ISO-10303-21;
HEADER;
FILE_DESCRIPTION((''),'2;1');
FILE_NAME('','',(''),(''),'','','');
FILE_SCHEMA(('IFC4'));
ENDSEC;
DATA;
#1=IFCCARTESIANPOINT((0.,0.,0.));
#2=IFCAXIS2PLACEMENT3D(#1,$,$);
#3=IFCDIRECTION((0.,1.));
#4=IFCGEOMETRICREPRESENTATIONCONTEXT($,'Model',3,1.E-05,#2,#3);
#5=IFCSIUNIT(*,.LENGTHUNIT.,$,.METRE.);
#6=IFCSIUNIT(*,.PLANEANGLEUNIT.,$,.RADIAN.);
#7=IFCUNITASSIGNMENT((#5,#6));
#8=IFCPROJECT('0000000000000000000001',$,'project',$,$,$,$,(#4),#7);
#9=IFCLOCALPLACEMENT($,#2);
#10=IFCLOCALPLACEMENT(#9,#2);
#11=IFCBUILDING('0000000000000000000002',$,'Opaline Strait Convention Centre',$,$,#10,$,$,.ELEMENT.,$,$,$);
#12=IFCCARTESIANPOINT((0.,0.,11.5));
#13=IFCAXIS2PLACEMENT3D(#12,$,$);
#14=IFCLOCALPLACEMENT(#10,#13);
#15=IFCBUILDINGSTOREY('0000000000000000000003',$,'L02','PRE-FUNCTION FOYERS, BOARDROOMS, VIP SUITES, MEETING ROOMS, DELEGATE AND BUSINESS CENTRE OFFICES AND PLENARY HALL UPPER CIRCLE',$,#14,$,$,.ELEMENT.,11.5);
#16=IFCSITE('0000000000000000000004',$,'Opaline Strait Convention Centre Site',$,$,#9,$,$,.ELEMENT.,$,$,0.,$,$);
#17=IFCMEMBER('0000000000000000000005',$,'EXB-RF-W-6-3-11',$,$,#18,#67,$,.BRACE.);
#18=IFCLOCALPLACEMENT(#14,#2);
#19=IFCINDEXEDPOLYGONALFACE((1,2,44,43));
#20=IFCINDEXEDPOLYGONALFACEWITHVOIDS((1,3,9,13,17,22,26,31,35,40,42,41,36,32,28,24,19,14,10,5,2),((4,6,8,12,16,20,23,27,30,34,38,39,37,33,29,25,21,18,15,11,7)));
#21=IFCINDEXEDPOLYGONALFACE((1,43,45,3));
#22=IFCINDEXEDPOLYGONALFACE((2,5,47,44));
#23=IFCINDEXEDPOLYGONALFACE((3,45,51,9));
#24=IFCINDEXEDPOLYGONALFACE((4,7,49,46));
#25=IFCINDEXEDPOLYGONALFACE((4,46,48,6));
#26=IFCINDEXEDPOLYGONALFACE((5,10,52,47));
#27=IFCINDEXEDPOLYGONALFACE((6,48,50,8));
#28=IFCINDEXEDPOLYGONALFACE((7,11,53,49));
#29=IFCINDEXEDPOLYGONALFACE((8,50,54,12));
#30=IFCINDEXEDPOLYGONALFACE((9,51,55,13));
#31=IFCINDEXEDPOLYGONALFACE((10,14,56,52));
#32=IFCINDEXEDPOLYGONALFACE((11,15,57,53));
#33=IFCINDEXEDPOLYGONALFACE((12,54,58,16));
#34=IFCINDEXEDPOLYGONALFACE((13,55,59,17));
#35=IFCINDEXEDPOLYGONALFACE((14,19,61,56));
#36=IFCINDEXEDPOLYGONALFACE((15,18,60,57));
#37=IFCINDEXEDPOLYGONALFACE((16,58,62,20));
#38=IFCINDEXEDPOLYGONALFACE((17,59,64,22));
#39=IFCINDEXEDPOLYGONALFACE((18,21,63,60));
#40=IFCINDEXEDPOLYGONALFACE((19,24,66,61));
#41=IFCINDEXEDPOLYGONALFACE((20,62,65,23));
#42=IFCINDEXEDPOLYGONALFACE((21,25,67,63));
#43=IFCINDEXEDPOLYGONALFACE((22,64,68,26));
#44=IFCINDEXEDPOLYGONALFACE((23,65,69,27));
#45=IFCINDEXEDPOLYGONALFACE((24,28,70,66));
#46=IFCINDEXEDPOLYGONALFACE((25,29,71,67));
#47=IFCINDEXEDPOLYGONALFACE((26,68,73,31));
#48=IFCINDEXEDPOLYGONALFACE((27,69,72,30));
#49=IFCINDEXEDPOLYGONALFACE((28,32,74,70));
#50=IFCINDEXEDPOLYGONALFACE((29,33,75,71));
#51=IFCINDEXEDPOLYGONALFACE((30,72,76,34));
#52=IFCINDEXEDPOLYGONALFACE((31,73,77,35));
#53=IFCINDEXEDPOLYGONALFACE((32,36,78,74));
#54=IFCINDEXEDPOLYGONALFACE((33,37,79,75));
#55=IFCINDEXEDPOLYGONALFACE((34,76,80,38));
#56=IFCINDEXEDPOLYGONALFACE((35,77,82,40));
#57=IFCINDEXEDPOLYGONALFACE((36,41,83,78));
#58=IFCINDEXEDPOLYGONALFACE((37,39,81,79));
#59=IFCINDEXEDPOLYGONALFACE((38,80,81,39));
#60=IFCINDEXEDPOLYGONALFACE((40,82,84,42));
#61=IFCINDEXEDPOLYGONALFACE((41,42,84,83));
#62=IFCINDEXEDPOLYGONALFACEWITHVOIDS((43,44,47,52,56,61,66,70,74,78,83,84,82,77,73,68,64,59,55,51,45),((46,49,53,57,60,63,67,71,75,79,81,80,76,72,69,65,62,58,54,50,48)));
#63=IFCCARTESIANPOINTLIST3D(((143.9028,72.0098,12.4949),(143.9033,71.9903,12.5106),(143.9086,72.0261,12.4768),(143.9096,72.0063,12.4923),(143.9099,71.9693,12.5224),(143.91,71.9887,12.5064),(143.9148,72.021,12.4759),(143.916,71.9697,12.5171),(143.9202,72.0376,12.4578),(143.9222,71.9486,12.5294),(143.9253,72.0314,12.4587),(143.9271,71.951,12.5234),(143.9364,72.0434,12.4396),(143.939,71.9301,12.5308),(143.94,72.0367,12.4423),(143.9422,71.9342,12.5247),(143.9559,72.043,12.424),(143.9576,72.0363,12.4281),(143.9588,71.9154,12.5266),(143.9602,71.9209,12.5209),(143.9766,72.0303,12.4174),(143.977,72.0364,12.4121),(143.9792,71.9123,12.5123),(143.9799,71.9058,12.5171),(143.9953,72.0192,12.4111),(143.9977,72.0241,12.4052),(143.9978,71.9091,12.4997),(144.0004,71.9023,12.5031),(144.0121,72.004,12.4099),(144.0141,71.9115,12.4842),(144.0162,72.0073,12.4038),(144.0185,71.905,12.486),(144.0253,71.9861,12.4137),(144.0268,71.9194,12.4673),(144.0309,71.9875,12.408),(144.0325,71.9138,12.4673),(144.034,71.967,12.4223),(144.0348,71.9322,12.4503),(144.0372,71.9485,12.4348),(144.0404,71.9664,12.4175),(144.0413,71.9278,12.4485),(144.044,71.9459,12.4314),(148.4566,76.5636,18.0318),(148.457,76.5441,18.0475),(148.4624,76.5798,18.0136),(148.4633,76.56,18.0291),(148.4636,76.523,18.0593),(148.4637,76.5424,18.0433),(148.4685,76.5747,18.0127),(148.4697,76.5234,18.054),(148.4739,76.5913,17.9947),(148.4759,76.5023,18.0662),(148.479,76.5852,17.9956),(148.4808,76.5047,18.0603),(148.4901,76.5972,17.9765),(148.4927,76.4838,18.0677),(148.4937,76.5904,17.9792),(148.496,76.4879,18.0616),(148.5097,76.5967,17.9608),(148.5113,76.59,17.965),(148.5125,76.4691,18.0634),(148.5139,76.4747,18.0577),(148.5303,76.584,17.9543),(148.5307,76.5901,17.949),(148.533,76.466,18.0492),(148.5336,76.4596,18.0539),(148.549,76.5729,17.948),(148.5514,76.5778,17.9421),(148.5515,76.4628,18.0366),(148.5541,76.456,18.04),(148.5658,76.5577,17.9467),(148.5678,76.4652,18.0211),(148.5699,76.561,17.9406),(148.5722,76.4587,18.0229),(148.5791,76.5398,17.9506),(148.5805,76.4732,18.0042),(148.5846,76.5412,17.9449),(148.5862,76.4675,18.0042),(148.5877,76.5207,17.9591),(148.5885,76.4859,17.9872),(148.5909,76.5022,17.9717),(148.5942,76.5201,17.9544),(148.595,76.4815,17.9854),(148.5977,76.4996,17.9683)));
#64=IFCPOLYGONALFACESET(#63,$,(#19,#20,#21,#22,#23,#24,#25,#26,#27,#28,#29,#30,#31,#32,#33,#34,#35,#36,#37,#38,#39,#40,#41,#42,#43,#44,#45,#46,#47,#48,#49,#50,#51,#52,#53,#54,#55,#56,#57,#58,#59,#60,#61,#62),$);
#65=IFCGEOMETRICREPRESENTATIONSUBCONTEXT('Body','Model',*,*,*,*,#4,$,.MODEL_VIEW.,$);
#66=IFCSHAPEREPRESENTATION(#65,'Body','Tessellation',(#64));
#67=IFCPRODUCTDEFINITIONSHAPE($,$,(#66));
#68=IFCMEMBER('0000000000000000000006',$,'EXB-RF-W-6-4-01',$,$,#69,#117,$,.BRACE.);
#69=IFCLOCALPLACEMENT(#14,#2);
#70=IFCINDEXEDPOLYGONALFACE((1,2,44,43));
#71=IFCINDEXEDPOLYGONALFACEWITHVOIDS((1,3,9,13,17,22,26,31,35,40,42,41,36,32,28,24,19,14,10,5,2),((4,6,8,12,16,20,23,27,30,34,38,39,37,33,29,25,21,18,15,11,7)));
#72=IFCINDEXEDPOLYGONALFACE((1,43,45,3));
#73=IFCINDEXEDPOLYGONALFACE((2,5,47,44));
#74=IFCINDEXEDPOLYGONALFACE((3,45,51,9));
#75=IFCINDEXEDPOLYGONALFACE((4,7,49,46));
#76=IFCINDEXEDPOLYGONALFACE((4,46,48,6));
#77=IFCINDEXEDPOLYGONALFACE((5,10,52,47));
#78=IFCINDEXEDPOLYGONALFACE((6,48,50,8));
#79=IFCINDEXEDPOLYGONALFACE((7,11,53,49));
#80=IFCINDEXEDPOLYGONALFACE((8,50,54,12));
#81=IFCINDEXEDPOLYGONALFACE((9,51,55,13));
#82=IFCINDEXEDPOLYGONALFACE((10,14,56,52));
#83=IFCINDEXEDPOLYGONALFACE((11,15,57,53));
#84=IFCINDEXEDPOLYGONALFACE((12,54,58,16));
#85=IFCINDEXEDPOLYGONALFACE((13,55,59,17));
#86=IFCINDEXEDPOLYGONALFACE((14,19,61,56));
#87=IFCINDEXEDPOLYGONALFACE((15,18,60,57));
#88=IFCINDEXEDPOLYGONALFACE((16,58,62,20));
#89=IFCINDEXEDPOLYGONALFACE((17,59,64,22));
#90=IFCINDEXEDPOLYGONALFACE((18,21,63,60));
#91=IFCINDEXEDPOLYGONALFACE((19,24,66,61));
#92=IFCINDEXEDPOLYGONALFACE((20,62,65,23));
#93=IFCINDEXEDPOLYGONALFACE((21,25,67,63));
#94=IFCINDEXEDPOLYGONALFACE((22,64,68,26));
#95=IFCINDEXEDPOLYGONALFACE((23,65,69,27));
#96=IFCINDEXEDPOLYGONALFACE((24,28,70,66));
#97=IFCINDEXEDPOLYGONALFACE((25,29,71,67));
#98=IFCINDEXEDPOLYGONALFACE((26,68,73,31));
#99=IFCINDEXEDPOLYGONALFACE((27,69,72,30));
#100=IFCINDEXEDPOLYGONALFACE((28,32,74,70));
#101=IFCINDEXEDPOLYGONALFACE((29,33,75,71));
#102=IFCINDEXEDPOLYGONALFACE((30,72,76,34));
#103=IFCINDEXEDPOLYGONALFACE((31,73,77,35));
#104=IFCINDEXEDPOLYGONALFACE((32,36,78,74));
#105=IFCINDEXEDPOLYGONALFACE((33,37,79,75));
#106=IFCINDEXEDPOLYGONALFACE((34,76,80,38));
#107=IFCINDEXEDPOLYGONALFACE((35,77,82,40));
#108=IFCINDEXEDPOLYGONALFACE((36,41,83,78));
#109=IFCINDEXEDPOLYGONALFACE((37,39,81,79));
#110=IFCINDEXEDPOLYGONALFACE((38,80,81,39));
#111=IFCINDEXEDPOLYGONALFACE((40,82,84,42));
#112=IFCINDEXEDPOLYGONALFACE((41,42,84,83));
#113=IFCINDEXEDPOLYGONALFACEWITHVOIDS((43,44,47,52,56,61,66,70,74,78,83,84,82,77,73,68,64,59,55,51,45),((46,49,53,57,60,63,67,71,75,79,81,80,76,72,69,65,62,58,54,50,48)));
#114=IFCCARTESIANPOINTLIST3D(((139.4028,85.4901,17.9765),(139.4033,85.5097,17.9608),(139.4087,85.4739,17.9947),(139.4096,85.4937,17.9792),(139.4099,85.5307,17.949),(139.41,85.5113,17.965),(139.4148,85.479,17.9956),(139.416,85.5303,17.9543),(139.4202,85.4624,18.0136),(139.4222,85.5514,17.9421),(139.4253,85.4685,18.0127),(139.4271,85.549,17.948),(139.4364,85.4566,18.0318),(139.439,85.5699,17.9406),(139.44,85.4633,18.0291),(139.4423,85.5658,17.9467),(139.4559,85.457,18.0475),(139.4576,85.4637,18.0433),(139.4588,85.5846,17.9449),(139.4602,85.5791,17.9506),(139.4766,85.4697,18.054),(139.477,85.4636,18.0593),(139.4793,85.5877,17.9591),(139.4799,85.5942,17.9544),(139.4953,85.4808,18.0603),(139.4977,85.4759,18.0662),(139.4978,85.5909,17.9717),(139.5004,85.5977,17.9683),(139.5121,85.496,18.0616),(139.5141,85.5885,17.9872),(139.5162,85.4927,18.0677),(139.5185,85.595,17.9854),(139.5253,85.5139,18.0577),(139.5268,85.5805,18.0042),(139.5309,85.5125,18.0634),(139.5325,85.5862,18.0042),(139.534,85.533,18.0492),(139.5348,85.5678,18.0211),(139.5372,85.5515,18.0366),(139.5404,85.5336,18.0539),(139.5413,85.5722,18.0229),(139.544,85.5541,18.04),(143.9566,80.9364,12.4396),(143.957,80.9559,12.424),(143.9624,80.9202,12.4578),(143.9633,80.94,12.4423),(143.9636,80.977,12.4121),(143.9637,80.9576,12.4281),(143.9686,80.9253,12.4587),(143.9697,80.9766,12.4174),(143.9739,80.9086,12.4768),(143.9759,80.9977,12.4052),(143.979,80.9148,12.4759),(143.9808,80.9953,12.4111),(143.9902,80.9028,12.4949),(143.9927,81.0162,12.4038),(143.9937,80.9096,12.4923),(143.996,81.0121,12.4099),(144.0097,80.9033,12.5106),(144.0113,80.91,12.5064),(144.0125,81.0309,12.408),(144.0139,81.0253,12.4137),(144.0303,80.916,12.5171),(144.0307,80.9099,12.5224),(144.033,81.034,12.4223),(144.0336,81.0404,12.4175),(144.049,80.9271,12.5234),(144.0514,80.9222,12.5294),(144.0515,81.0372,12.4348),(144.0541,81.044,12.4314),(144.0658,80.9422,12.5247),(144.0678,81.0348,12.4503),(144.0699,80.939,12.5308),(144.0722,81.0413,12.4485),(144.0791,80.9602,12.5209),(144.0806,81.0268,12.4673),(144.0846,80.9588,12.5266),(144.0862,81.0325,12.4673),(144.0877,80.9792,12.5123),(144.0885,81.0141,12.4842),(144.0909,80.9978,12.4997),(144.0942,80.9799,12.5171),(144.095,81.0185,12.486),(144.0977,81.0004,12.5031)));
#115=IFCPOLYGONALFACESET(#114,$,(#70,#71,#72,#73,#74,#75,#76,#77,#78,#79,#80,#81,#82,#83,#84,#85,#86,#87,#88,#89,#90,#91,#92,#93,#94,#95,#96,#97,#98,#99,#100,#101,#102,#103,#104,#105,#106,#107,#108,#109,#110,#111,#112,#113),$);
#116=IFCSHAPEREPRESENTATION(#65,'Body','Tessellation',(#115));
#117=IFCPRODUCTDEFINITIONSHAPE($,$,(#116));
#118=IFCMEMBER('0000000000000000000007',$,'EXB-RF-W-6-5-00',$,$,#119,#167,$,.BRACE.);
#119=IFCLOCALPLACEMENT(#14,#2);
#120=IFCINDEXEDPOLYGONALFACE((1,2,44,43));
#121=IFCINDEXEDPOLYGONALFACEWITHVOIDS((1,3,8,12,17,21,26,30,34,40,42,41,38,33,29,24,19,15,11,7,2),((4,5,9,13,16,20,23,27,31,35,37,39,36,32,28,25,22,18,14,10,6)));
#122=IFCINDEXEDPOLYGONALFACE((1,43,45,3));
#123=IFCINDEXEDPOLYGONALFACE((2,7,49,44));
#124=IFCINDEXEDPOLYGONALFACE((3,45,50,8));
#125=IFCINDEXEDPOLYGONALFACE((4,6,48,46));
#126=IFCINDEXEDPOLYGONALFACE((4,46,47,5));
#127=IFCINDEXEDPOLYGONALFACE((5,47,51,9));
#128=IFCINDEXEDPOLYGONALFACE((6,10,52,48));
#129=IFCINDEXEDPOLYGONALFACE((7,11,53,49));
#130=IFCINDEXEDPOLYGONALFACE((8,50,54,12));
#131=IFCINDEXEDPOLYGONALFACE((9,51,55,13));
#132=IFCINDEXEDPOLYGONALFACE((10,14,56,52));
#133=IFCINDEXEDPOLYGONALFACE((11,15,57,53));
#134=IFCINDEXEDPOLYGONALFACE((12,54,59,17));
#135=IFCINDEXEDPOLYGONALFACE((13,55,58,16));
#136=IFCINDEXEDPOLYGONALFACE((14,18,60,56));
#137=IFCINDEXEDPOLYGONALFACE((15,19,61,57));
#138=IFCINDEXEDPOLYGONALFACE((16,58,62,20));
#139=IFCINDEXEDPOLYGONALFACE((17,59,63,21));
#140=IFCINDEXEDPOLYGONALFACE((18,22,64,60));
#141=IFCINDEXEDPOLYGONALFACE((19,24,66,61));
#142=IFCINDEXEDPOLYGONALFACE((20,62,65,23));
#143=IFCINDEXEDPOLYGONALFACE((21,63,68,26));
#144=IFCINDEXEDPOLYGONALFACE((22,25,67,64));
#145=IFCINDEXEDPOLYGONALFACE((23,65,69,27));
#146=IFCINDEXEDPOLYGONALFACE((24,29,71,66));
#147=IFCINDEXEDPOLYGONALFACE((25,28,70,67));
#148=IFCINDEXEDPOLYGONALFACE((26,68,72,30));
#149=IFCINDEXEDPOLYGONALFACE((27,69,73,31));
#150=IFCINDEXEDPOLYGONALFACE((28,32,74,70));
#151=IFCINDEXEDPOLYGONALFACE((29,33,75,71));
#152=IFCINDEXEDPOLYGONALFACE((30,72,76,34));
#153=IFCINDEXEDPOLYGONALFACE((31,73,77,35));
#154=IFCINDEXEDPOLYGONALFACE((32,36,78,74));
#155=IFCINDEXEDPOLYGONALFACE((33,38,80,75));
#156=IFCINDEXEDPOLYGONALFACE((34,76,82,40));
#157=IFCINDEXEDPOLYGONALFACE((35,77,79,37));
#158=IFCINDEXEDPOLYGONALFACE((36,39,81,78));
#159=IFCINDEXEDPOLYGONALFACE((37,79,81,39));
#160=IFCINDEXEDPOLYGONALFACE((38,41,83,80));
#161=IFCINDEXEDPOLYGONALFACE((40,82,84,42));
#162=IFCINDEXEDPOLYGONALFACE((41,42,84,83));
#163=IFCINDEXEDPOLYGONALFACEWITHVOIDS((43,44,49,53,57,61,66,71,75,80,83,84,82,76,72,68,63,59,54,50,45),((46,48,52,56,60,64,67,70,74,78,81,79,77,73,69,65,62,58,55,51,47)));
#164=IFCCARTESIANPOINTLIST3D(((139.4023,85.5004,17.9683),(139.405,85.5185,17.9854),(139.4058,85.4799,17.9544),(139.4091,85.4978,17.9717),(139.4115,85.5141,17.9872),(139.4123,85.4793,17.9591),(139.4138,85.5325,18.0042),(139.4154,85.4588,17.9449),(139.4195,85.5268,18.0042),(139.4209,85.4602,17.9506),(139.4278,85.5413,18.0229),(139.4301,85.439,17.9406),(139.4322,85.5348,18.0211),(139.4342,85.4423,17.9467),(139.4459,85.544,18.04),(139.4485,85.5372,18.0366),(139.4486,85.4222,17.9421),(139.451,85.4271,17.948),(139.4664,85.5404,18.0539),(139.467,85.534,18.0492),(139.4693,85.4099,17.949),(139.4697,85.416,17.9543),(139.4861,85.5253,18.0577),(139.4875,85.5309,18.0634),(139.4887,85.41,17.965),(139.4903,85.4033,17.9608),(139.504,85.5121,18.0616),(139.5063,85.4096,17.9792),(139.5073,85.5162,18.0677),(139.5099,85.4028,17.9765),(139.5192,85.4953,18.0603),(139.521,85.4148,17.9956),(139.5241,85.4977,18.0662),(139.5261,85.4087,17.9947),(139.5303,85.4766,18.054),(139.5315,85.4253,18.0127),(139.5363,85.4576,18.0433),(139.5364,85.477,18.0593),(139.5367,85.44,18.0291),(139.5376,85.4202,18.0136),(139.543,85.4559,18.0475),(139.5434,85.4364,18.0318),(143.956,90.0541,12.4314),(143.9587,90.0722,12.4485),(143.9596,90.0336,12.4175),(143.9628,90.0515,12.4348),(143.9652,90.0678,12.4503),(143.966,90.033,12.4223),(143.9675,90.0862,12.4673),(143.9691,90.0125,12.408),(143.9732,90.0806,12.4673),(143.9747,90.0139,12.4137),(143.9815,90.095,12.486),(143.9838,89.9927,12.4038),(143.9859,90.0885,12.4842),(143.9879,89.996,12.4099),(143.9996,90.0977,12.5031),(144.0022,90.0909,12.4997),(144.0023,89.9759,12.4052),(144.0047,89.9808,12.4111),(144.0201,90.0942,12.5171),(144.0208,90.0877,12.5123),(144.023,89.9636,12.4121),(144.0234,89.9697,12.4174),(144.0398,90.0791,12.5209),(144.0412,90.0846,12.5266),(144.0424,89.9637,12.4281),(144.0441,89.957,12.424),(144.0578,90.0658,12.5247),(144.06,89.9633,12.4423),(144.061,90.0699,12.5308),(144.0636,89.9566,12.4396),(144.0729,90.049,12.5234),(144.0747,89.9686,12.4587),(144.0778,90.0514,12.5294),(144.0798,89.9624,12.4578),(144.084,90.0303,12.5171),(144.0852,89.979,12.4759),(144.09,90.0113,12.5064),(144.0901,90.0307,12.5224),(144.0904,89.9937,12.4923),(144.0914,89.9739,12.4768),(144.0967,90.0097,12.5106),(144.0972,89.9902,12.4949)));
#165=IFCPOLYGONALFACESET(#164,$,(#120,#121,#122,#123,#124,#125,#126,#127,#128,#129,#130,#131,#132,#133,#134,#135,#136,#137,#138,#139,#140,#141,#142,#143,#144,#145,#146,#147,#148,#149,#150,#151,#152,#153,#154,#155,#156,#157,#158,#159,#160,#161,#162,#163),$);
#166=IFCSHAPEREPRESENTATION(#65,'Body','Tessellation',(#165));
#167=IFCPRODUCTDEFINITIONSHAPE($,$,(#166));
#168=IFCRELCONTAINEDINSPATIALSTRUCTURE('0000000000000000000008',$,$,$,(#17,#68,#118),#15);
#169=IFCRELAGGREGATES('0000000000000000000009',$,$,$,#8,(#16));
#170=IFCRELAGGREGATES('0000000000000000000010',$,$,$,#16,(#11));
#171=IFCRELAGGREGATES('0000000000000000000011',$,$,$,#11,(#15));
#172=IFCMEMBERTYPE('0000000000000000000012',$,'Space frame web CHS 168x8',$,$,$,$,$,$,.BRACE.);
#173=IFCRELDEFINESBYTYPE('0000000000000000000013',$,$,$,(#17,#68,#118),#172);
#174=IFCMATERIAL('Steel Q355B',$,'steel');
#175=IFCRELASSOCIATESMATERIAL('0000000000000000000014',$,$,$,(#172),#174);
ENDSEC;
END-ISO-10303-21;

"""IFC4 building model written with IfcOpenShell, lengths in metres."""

from ifc_helpers import new_model, si_unit, direction, frame, origin, origin_2d, place, context, subcontext, project, spatial, hollow_circle, extrude, material, material_profile, profile_set, type_object, element, save


model = new_model("IFC4")

# Units and contexts
model_context = context("Model", 3, precision=1e-05, world=origin(), true_north=direction((0.0, 1.0)))
body_context = subcontext(model_context, "Body", "Model", "MODEL_VIEW")
ifc_project = project(units=[si_unit("LENGTHUNIT", "METRE"), si_unit("PLANEANGLEUNIT", "RADIAN")], contexts=[model_context])

# Site, building, storey
site_placement = place(None, origin())
site = spatial("IfcSite", under=ifc_project, at=site_placement, Name="Opaline Strait Convention Centre Site", CompositionType="ELEMENT", RefElevation=0.0)
building_placement = place(site_placement, origin())
building = spatial("IfcBuilding", under=site, at=building_placement, Name="Opaline Strait Convention Centre", CompositionType="ELEMENT")
storey_placement = place(building_placement, frame((0.0, 0.0, 11.5)))
storey = spatial("IfcBuildingStorey", under=building, at=storey_placement, Name="L02", Description="PRE-FUNCTION FOYERS, BOARDROOMS, VIP SUITES, MEETING ROOMS, DELEGATE AND BUSINESS CENTRE OFFICES AND PLENARY HALL UPPER CIRCLE", CompositionType="ELEMENT", Elevation=11.5)

# Members
ifc_material = material(Name="Steel Q355B", Category="steel")
ifc_material_profile_1 = material_profile(ifc_material, hollow_circle(Radius=0.084, WallThickness=0.0081, at=origin_2d()), Name="CHS 168x8")
ifc_profile_set_1 = profile_set([ifc_material_profile_1], Name="Steel Q355B")
member_type_1 = type_object("IfcMemberType", Name="Space frame web CHS 168x8", PredefinedType="BRACE", material=ifc_profile_set_1)
for number, where, z_axis, x_axis, name in (
    (1, (148.5269, 76.5269, 18.0042), (-0.536178, -0.536178, -0.65194), (0.707107, -0.707107, 0.0), "EXB-RF-W-6-3-11"),
    (2, (139.4731, 85.5269, 18.0042), (0.536178, -0.536178, -0.65194), (0.707107, 0.707107, 0.0), "EXB-RF-W-6-4-01"),
    (3, (139.4731, 85.4731, 18.0042), (0.536178, 0.536178, -0.65194), (-0.707107, 0.707107, 0.0), "EXB-RF-W-6-5-00"),
):
    element("IfcMember", number, at=place(storey_placement, frame(where, z_axis=z_axis, x_axis=x_axis)), inside=storey, type_object=member_type_1, Name=name, PredefinedType="BRACE", context=body_context, shape_type="SweptSolid", body=[
        extrude(hollow_circle(Radius=0.084, WallThickness=0.0081, at=origin_2d()), origin(), (0.0, 0.0, 1.0), 8.4929),
    ])

save(model, "model.ifc")
